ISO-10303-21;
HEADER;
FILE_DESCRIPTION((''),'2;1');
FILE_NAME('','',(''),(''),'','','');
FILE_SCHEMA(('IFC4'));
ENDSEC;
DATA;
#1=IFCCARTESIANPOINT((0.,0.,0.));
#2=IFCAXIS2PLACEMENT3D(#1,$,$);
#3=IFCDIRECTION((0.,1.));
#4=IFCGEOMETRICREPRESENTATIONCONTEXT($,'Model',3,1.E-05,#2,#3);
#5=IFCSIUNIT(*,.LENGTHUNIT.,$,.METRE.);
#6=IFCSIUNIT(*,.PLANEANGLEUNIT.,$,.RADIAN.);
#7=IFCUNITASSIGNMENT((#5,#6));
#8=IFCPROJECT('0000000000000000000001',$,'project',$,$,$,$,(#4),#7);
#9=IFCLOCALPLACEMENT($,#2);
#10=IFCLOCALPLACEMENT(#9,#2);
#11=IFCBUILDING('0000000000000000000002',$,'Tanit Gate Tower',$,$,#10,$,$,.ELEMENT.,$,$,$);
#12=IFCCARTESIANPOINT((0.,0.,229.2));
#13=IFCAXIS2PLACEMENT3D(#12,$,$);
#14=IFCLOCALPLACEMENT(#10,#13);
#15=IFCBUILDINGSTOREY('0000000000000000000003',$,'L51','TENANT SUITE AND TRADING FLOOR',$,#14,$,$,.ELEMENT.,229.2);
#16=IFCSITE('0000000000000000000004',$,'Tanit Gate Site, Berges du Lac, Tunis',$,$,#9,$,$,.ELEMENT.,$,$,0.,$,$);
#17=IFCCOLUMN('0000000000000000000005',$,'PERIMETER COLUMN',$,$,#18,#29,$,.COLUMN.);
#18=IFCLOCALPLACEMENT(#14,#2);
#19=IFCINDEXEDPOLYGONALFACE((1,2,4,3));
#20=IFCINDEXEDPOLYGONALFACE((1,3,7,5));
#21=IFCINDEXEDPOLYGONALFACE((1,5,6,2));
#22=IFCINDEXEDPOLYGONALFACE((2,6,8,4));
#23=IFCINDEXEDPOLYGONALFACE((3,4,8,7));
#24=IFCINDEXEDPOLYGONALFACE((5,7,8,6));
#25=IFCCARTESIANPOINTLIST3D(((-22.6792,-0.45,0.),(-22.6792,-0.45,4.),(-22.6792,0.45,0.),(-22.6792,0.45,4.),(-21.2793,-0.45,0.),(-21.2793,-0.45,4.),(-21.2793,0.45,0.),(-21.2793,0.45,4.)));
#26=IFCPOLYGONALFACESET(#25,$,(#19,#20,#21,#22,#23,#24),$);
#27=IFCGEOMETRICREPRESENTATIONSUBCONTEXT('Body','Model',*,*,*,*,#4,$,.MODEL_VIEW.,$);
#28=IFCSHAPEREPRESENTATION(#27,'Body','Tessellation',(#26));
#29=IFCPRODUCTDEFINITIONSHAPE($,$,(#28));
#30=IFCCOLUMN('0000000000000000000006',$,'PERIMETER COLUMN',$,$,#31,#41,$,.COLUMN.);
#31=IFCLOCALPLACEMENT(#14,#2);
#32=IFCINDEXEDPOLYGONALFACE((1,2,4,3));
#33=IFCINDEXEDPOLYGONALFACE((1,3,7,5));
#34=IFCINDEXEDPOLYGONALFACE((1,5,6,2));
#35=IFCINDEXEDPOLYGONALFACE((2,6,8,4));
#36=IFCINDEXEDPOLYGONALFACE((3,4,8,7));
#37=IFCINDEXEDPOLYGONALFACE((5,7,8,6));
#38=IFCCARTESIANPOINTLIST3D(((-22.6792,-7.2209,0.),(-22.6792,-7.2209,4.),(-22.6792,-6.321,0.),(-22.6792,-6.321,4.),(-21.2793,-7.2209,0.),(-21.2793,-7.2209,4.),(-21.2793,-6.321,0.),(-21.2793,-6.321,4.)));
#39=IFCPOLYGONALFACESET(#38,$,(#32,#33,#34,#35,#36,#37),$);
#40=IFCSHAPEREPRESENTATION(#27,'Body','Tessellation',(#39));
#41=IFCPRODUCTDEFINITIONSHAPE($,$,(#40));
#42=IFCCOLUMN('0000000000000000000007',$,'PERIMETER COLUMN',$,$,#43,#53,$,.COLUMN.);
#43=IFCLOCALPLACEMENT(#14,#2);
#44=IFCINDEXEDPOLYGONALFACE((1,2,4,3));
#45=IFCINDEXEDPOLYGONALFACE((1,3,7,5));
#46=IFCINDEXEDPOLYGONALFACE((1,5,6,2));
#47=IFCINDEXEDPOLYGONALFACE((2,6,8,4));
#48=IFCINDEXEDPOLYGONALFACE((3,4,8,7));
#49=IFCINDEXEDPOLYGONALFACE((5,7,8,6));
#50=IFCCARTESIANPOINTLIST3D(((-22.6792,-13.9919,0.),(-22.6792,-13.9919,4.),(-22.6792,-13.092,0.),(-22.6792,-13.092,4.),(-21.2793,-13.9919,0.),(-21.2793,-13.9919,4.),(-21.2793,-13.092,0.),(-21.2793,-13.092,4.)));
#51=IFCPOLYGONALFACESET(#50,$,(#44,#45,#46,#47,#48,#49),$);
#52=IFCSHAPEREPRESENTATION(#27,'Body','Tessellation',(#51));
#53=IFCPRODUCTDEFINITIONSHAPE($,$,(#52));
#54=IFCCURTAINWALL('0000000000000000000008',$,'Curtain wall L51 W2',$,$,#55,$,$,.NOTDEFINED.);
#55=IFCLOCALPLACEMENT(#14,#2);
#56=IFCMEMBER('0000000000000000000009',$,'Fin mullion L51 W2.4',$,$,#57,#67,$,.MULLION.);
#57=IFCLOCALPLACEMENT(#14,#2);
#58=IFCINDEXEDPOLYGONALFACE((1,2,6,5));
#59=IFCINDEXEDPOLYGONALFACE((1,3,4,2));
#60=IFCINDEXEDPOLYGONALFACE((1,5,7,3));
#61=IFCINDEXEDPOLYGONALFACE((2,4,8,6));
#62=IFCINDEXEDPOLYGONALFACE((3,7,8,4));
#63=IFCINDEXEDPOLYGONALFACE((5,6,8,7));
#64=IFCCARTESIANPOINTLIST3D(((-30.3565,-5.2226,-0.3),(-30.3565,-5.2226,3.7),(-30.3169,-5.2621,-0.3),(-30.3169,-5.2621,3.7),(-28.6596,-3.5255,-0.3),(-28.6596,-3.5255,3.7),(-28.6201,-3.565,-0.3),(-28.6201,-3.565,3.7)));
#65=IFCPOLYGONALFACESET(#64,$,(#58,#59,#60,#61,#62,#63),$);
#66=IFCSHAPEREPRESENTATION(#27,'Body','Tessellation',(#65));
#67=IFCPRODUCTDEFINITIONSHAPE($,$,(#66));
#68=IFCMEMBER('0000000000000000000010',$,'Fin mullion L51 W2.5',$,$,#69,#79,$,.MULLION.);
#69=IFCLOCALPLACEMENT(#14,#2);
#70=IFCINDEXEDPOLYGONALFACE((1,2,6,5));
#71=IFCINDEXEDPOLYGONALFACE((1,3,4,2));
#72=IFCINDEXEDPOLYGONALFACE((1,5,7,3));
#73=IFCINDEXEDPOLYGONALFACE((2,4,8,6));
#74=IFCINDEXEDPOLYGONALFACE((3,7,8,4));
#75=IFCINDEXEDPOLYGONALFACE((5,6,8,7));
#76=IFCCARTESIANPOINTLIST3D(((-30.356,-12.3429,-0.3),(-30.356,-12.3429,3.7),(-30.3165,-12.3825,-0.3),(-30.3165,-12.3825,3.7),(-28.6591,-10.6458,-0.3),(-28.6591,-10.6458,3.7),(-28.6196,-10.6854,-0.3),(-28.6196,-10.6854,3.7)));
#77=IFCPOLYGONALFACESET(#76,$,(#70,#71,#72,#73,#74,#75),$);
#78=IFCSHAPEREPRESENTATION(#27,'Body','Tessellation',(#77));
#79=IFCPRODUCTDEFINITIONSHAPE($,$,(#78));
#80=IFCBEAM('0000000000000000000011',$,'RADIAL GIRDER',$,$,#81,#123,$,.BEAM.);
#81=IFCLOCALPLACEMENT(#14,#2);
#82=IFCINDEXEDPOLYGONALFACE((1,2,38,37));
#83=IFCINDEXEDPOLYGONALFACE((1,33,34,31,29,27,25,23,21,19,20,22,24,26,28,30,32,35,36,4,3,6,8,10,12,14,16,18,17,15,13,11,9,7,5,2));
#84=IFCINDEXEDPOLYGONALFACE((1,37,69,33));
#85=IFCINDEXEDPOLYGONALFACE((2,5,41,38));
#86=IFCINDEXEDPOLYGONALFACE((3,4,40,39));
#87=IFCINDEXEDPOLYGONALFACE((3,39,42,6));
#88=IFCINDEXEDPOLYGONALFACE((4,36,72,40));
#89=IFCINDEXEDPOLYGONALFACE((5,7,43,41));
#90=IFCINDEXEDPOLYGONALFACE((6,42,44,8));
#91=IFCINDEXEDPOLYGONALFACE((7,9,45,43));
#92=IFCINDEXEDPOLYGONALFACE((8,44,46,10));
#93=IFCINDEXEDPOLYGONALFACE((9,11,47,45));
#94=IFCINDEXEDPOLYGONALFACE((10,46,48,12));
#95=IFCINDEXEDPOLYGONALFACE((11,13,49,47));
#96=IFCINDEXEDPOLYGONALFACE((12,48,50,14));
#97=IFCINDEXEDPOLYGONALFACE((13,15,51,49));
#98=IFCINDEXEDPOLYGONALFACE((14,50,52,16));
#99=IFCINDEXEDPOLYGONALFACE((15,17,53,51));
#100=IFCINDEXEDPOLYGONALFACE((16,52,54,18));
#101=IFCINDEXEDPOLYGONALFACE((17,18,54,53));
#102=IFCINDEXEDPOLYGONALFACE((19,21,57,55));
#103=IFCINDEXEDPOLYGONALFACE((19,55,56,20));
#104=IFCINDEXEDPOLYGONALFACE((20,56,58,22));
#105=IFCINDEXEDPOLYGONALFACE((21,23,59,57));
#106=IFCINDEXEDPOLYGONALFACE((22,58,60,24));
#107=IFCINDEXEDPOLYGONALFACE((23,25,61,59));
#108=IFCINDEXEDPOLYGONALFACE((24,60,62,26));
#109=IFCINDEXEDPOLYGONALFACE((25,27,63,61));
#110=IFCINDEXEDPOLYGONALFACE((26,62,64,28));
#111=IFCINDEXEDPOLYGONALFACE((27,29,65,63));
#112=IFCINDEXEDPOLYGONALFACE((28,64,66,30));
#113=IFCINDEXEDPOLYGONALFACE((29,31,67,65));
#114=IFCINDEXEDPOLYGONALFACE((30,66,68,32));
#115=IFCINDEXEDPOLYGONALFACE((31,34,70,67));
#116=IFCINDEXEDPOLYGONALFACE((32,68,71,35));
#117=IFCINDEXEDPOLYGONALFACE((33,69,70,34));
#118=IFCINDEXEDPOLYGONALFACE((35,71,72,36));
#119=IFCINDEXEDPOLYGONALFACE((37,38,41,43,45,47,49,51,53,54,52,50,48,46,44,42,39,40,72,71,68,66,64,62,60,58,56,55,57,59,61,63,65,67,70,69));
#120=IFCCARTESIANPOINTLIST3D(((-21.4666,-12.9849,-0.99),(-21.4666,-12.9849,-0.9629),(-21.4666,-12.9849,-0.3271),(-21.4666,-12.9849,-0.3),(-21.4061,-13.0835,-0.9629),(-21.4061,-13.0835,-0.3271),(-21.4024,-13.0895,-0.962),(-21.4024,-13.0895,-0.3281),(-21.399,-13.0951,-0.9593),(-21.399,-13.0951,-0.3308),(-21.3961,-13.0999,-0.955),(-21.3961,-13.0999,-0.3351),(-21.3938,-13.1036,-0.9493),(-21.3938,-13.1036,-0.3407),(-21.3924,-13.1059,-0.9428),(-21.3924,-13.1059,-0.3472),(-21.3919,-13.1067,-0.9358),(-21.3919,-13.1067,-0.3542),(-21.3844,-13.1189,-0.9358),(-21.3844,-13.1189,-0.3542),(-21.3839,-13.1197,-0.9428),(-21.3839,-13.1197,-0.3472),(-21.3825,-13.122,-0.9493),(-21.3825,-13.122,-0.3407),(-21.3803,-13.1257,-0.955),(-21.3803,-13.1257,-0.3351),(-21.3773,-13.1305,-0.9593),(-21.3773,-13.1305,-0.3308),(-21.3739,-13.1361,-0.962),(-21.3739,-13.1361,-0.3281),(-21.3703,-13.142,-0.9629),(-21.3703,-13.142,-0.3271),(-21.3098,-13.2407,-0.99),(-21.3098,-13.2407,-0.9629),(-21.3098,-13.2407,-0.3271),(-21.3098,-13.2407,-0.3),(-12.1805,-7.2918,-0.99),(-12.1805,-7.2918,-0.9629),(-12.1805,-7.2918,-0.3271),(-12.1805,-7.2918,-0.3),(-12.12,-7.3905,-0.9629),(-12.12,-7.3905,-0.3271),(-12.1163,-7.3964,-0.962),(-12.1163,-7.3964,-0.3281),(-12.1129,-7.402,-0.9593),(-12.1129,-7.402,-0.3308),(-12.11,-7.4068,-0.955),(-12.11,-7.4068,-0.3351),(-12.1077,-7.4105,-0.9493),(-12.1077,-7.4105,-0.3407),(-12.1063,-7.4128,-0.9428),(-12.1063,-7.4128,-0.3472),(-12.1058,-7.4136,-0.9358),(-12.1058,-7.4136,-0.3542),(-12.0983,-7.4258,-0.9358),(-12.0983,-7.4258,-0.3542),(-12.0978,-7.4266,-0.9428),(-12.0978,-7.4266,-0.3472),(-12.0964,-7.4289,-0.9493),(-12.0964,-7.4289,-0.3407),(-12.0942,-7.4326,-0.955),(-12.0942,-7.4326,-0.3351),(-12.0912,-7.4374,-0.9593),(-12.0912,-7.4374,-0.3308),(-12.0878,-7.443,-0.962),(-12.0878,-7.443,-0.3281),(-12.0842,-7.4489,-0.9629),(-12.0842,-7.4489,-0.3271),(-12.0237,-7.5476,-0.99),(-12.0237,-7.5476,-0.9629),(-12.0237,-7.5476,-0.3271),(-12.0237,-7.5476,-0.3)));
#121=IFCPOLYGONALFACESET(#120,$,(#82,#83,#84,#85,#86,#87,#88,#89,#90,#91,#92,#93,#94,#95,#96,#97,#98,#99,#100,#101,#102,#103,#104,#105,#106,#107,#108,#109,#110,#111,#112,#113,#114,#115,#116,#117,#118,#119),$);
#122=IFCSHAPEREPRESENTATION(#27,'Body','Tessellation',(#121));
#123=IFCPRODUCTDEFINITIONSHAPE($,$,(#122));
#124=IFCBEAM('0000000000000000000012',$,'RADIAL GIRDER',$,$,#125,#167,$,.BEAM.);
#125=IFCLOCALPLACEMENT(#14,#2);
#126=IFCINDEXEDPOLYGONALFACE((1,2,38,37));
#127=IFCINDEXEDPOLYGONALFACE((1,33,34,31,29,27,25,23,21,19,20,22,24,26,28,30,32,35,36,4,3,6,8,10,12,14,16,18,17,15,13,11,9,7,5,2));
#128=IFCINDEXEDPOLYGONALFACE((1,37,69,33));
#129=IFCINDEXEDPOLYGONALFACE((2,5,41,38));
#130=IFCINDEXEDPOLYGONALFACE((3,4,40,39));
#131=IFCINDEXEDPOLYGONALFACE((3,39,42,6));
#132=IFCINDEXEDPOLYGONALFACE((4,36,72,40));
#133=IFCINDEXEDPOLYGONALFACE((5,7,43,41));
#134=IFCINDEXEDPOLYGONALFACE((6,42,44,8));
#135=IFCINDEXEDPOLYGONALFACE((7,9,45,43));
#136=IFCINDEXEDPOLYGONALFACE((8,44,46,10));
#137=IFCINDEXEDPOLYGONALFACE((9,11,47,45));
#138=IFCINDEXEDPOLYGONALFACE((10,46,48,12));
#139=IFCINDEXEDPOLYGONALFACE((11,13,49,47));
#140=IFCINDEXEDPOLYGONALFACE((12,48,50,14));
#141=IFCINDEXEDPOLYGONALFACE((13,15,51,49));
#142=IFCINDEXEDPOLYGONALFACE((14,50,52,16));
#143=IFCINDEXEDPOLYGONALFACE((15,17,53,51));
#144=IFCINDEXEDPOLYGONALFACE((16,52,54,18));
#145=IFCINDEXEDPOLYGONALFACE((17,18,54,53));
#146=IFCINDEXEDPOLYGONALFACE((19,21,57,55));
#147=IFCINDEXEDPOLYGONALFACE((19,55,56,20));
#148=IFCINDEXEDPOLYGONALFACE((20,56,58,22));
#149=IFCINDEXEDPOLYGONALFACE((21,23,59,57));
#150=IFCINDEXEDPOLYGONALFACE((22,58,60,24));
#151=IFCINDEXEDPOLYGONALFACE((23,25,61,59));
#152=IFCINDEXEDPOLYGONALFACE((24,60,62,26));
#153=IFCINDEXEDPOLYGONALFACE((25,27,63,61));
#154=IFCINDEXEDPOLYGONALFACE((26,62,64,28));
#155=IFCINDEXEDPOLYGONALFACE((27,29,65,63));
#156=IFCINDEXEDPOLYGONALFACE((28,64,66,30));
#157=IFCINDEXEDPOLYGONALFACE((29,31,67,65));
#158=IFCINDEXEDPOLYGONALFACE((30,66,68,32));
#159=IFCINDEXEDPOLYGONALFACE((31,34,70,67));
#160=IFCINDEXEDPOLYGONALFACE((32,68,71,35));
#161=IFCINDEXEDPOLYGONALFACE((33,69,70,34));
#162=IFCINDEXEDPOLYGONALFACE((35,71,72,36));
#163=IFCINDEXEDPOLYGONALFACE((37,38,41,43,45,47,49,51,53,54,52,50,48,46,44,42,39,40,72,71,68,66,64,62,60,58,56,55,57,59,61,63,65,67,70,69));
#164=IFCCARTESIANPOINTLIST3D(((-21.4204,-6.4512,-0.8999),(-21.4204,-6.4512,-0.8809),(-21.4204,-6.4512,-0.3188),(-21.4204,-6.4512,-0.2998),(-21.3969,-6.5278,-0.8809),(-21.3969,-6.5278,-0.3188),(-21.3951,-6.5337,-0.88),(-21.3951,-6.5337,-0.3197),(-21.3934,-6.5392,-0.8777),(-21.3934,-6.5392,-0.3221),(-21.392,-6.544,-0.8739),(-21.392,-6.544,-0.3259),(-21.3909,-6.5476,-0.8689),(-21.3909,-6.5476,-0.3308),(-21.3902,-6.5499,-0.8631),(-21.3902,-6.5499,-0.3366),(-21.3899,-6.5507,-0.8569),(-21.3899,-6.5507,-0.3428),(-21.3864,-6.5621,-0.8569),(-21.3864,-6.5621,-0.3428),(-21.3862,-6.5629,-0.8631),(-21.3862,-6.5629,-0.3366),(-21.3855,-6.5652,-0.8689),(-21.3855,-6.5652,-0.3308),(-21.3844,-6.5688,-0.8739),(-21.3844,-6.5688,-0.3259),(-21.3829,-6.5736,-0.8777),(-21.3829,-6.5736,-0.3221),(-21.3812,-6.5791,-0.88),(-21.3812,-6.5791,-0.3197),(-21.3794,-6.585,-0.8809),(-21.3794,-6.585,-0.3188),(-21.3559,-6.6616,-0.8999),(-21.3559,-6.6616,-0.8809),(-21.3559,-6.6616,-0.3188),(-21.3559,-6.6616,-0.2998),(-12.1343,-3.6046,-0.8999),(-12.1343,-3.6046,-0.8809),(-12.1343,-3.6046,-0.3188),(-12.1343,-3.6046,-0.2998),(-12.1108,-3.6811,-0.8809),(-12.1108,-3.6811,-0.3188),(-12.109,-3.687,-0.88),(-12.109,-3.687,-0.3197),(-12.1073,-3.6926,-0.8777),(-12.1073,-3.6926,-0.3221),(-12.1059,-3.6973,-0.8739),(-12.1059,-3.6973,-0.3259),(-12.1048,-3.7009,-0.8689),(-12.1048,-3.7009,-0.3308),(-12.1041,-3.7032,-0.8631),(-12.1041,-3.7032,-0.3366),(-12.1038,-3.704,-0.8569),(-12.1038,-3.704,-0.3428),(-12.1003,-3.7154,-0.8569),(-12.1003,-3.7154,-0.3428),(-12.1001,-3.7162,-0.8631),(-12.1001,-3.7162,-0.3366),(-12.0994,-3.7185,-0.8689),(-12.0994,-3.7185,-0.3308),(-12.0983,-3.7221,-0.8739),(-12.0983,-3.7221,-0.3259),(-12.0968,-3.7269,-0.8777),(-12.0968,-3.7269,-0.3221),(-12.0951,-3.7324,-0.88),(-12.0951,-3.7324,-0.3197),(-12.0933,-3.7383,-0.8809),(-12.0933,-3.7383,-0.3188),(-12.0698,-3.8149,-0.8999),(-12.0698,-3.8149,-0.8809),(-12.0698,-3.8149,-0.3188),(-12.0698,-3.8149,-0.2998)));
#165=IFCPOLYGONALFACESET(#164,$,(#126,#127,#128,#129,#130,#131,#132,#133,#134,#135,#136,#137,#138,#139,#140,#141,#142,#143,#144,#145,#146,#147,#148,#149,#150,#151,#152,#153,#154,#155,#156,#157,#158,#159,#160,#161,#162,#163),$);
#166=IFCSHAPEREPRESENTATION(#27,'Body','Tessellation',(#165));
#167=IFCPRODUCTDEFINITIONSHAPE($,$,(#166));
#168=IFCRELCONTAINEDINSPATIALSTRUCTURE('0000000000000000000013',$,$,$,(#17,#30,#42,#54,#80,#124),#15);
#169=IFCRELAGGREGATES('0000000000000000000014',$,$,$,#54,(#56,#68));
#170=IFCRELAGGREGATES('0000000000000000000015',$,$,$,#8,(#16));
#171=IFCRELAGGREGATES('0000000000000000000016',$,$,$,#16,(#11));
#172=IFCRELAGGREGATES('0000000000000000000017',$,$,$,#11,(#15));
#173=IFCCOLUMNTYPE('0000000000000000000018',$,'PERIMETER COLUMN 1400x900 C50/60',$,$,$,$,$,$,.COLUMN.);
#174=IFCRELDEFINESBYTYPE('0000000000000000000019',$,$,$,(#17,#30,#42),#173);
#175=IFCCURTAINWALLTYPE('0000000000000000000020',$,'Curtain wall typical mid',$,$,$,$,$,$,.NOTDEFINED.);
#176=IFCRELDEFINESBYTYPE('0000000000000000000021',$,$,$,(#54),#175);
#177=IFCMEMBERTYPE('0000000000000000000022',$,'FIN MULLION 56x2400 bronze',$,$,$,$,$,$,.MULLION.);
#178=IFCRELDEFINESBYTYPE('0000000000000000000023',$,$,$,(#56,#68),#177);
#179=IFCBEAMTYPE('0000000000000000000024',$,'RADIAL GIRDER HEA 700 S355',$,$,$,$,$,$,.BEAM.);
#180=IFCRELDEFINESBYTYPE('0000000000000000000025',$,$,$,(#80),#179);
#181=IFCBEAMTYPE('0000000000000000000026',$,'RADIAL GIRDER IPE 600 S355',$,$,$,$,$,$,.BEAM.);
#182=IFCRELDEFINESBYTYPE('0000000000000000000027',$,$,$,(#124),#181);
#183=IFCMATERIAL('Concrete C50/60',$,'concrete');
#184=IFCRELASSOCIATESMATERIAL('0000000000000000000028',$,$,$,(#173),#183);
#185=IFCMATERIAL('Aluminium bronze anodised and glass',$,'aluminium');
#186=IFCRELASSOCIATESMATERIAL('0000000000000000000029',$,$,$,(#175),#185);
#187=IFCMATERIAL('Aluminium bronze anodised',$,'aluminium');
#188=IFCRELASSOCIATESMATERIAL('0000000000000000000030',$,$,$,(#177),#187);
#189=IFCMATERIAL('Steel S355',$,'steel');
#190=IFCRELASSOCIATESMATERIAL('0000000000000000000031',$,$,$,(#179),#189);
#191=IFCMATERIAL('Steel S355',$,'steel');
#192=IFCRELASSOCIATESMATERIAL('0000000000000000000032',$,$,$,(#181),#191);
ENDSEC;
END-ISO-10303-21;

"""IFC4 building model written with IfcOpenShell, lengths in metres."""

from ifc_helpers import new_model, si_unit, direction, frame, origin, origin_2d, place, context, subcontext, project, spatial, rectangle, i_section, extrude, material, material_profile, profile_set, type_object, element, aggregate, save


model = new_model("IFC4")

# Units and contexts
model_context = context("Model", 3, precision=1e-05, world=origin(), true_north=direction((0.0, 1.0)))
body_context = subcontext(model_context, "Body", "Model", "MODEL_VIEW")
ifc_project = project(units=[si_unit("LENGTHUNIT", "METRE"), si_unit("PLANEANGLEUNIT", "RADIAN")], contexts=[model_context])

# Site, building, storey
site_placement = place(None, origin())
site = spatial("IfcSite", under=ifc_project, at=site_placement, Name="Tanit Gate Site, Berges du Lac, Tunis", CompositionType="ELEMENT", RefElevation=0.0)
building_placement = place(site_placement, origin())
building = spatial("IfcBuilding", under=site, at=building_placement, Name="Tanit Gate Tower", CompositionType="ELEMENT")
storey_placement = place(building_placement, frame((0.0, 0.0, 229.2)))
storey = spatial("IfcBuildingStorey", under=building, at=storey_placement, Name="L51", Description="TENANT SUITE AND TRADING FLOOR", CompositionType="ELEMENT", Elevation=229.2)

# Columns
ifc_material_1 = material(Name="Concrete C50/60", Category="concrete")
ifc_material_profile_1 = material_profile(ifc_material_1, rectangle(XDim=1.3999, YDim=0.8999, at=origin_2d()), Name="RC 1400x900")
ifc_profile_set_1 = profile_set([ifc_material_profile_1], Name="Concrete C50/60")
column_type = type_object("IfcColumnType", Name="PERIMETER COLUMN 1400x900 C50/60", PredefinedType="COLUMN", material=ifc_profile_set_1)
for number, where, z_axis, x_axis, name in (
    (1, (-21.9792, 0.0, 0.0), (0.0, 0.0, 1.0), (-1.0, 0.0, 0.0), "PERIMETER COLUMN"),
    (2, (-21.9792, -6.771, 0.0), (0.0, 0.0, 1.0), (-1.0, 0.0, 0.0), "PERIMETER COLUMN"),
    (3, (-21.9792, -13.542, 0.0), (0.0, 0.0, 1.0), (-1.0, 0.0, 0.0), "PERIMETER COLUMN"),
):
    element("IfcColumn", number, at=place(storey_placement, frame(where, z_axis=z_axis, x_axis=x_axis)), inside=storey, type_object=column_type, Name=name, PredefinedType="COLUMN", context=body_context, shape_type="SweptSolid", body=[
        extrude(rectangle(XDim=1.3999, YDim=0.8999, at=origin_2d()), origin(), (0.0, 0.0, 1.0), 4.0),
    ])

# Curtain wall, members
ifc_material_2 = material(Name="Aluminium bronze anodised and glass", Category="aluminium")
curtain_wall_type = type_object("IfcCurtainWallType", Name="Curtain wall typical mid", PredefinedType="NOTDEFINED", material=ifc_material_2)
curtain_wall_placement = place(storey_placement, origin())
curtain_wall = element("IfcCurtainWall", 4, at=curtain_wall_placement, inside=storey, type_object=curtain_wall_type, Name="Curtain wall L51 W2", PredefinedType="NOTDEFINED")
ifc_material_3 = material(Name="Aluminium bronze anodised", Category="aluminium")
ifc_material_profile_2 = material_profile(ifc_material_3, rectangle(XDim=2.3999, YDim=0.0559, at=origin_2d()), Name="56x2400 bronze fin mullion")
ifc_profile_set_2 = profile_set([ifc_material_profile_2], Name="Aluminium bronze anodised")
member_type_1 = type_object("IfcMemberType", Name="FIN MULLION 56x2400 bronze", PredefinedType="MULLION", material=ifc_profile_set_2)
member_1_placement = place(storey_placement, frame((-29.4883, -4.3938, -0.3), z_axis=(0.0, 0.0, 1.0), x_axis=(0.707058, 0.707156, 0.0)))
member_1 = element("IfcMember", 5, at=member_1_placement, type_object=member_type_1, Name="Fin mullion L51 W2.4", PredefinedType="MULLION", context=body_context, shape_type="SweptSolid", body=[
    extrude(rectangle(XDim=2.3999, YDim=0.0559, at=origin_2d()), origin(), (0.0, 0.0, 1.0), 4.0),
])
member_2_placement = place(storey_placement, frame((-29.4878, -11.5142, -0.3), z_axis=(0.0, 0.0, 1.0), x_axis=(0.707058, 0.707156, 0.0)))
member_2 = element("IfcMember", 6, at=member_2_placement, type_object=member_type_1, Name="Fin mullion L51 W2.5", PredefinedType="MULLION", context=body_context, shape_type="SweptSolid", body=[
    extrude(rectangle(XDim=2.3999, YDim=0.0559, at=origin_2d()), origin(), (0.0, 0.0, 1.0), 4.0),
])

# Beams
ifc_material_4 = material(Name="Steel S355", Category="steel")
ifc_material_profile_3 = material_profile(ifc_material_4, i_section(OverallWidth=0.3, OverallDepth=0.6899, WebThickness=0.0144, FlangeThickness=0.0271, FilletRadius=0.0271, at=origin_2d()), Name="HEA 700")
ifc_profile_set_3 = profile_set([ifc_material_profile_3], Name="Steel S355")
beam_type_1 = type_object("IfcBeamType", Name="RADIAL GIRDER HEA 700 S355", PredefinedType="BEAM", material=ifc_profile_set_3)
beam_1_placement = place(storey_placement, frame((-21.3882, -13.1128, -0.645), z_axis=(0.852535, 0.52267, 0.0), x_axis=(-0.52267, 0.852535, 0.0)))
element("IfcBeam", 7, at=beam_1_placement, inside=storey, type_object=beam_type_1, Name="RADIAL GIRDER", PredefinedType="BEAM", context=body_context, shape_type="SweptSolid", body=[
    extrude(i_section(OverallWidth=0.3, OverallDepth=0.6899, WebThickness=0.0144, FlangeThickness=0.0271, FilletRadius=0.0271, at=origin_2d()), origin(), (0.0, 0.0, 1.0), 10.8923),
])
ifc_material_5 = material(Name="Steel S355", Category="steel")
ifc_material_profile_4 = material_profile(ifc_material_5, i_section(OverallWidth=0.22, OverallDepth=0.6001, WebThickness=0.012, FlangeThickness=0.019, FilletRadius=0.0239, at=origin_2d()), Name="IPE 600")
ifc_profile_set_4 = profile_set([ifc_material_profile_4], Name="Steel S355")
beam_type_2 = type_object("IfcBeamType", Name="RADIAL GIRDER IPE 600 S355", PredefinedType="BEAM", material=ifc_profile_set_4)
beam_2_placement = place(storey_placement, frame((-21.3882, -6.5564, -0.5999), z_axis=(0.956085, 0.293089, 0.0), x_axis=(-0.293089, 0.956085, 0.0)))
element("IfcBeam", 8, at=beam_2_placement, inside=storey, type_object=beam_type_2, Name="RADIAL GIRDER", PredefinedType="BEAM", context=body_context, shape_type="SweptSolid", body=[
    extrude(i_section(OverallWidth=0.22, OverallDepth=0.6001, WebThickness=0.012, FlangeThickness=0.019, FilletRadius=0.0239, at=origin_2d()), origin(), (0.0, 0.0, 1.0), 9.7126),
])

aggregate(curtain_wall, [member_1, member_2])

save(model, "model.ifc")
